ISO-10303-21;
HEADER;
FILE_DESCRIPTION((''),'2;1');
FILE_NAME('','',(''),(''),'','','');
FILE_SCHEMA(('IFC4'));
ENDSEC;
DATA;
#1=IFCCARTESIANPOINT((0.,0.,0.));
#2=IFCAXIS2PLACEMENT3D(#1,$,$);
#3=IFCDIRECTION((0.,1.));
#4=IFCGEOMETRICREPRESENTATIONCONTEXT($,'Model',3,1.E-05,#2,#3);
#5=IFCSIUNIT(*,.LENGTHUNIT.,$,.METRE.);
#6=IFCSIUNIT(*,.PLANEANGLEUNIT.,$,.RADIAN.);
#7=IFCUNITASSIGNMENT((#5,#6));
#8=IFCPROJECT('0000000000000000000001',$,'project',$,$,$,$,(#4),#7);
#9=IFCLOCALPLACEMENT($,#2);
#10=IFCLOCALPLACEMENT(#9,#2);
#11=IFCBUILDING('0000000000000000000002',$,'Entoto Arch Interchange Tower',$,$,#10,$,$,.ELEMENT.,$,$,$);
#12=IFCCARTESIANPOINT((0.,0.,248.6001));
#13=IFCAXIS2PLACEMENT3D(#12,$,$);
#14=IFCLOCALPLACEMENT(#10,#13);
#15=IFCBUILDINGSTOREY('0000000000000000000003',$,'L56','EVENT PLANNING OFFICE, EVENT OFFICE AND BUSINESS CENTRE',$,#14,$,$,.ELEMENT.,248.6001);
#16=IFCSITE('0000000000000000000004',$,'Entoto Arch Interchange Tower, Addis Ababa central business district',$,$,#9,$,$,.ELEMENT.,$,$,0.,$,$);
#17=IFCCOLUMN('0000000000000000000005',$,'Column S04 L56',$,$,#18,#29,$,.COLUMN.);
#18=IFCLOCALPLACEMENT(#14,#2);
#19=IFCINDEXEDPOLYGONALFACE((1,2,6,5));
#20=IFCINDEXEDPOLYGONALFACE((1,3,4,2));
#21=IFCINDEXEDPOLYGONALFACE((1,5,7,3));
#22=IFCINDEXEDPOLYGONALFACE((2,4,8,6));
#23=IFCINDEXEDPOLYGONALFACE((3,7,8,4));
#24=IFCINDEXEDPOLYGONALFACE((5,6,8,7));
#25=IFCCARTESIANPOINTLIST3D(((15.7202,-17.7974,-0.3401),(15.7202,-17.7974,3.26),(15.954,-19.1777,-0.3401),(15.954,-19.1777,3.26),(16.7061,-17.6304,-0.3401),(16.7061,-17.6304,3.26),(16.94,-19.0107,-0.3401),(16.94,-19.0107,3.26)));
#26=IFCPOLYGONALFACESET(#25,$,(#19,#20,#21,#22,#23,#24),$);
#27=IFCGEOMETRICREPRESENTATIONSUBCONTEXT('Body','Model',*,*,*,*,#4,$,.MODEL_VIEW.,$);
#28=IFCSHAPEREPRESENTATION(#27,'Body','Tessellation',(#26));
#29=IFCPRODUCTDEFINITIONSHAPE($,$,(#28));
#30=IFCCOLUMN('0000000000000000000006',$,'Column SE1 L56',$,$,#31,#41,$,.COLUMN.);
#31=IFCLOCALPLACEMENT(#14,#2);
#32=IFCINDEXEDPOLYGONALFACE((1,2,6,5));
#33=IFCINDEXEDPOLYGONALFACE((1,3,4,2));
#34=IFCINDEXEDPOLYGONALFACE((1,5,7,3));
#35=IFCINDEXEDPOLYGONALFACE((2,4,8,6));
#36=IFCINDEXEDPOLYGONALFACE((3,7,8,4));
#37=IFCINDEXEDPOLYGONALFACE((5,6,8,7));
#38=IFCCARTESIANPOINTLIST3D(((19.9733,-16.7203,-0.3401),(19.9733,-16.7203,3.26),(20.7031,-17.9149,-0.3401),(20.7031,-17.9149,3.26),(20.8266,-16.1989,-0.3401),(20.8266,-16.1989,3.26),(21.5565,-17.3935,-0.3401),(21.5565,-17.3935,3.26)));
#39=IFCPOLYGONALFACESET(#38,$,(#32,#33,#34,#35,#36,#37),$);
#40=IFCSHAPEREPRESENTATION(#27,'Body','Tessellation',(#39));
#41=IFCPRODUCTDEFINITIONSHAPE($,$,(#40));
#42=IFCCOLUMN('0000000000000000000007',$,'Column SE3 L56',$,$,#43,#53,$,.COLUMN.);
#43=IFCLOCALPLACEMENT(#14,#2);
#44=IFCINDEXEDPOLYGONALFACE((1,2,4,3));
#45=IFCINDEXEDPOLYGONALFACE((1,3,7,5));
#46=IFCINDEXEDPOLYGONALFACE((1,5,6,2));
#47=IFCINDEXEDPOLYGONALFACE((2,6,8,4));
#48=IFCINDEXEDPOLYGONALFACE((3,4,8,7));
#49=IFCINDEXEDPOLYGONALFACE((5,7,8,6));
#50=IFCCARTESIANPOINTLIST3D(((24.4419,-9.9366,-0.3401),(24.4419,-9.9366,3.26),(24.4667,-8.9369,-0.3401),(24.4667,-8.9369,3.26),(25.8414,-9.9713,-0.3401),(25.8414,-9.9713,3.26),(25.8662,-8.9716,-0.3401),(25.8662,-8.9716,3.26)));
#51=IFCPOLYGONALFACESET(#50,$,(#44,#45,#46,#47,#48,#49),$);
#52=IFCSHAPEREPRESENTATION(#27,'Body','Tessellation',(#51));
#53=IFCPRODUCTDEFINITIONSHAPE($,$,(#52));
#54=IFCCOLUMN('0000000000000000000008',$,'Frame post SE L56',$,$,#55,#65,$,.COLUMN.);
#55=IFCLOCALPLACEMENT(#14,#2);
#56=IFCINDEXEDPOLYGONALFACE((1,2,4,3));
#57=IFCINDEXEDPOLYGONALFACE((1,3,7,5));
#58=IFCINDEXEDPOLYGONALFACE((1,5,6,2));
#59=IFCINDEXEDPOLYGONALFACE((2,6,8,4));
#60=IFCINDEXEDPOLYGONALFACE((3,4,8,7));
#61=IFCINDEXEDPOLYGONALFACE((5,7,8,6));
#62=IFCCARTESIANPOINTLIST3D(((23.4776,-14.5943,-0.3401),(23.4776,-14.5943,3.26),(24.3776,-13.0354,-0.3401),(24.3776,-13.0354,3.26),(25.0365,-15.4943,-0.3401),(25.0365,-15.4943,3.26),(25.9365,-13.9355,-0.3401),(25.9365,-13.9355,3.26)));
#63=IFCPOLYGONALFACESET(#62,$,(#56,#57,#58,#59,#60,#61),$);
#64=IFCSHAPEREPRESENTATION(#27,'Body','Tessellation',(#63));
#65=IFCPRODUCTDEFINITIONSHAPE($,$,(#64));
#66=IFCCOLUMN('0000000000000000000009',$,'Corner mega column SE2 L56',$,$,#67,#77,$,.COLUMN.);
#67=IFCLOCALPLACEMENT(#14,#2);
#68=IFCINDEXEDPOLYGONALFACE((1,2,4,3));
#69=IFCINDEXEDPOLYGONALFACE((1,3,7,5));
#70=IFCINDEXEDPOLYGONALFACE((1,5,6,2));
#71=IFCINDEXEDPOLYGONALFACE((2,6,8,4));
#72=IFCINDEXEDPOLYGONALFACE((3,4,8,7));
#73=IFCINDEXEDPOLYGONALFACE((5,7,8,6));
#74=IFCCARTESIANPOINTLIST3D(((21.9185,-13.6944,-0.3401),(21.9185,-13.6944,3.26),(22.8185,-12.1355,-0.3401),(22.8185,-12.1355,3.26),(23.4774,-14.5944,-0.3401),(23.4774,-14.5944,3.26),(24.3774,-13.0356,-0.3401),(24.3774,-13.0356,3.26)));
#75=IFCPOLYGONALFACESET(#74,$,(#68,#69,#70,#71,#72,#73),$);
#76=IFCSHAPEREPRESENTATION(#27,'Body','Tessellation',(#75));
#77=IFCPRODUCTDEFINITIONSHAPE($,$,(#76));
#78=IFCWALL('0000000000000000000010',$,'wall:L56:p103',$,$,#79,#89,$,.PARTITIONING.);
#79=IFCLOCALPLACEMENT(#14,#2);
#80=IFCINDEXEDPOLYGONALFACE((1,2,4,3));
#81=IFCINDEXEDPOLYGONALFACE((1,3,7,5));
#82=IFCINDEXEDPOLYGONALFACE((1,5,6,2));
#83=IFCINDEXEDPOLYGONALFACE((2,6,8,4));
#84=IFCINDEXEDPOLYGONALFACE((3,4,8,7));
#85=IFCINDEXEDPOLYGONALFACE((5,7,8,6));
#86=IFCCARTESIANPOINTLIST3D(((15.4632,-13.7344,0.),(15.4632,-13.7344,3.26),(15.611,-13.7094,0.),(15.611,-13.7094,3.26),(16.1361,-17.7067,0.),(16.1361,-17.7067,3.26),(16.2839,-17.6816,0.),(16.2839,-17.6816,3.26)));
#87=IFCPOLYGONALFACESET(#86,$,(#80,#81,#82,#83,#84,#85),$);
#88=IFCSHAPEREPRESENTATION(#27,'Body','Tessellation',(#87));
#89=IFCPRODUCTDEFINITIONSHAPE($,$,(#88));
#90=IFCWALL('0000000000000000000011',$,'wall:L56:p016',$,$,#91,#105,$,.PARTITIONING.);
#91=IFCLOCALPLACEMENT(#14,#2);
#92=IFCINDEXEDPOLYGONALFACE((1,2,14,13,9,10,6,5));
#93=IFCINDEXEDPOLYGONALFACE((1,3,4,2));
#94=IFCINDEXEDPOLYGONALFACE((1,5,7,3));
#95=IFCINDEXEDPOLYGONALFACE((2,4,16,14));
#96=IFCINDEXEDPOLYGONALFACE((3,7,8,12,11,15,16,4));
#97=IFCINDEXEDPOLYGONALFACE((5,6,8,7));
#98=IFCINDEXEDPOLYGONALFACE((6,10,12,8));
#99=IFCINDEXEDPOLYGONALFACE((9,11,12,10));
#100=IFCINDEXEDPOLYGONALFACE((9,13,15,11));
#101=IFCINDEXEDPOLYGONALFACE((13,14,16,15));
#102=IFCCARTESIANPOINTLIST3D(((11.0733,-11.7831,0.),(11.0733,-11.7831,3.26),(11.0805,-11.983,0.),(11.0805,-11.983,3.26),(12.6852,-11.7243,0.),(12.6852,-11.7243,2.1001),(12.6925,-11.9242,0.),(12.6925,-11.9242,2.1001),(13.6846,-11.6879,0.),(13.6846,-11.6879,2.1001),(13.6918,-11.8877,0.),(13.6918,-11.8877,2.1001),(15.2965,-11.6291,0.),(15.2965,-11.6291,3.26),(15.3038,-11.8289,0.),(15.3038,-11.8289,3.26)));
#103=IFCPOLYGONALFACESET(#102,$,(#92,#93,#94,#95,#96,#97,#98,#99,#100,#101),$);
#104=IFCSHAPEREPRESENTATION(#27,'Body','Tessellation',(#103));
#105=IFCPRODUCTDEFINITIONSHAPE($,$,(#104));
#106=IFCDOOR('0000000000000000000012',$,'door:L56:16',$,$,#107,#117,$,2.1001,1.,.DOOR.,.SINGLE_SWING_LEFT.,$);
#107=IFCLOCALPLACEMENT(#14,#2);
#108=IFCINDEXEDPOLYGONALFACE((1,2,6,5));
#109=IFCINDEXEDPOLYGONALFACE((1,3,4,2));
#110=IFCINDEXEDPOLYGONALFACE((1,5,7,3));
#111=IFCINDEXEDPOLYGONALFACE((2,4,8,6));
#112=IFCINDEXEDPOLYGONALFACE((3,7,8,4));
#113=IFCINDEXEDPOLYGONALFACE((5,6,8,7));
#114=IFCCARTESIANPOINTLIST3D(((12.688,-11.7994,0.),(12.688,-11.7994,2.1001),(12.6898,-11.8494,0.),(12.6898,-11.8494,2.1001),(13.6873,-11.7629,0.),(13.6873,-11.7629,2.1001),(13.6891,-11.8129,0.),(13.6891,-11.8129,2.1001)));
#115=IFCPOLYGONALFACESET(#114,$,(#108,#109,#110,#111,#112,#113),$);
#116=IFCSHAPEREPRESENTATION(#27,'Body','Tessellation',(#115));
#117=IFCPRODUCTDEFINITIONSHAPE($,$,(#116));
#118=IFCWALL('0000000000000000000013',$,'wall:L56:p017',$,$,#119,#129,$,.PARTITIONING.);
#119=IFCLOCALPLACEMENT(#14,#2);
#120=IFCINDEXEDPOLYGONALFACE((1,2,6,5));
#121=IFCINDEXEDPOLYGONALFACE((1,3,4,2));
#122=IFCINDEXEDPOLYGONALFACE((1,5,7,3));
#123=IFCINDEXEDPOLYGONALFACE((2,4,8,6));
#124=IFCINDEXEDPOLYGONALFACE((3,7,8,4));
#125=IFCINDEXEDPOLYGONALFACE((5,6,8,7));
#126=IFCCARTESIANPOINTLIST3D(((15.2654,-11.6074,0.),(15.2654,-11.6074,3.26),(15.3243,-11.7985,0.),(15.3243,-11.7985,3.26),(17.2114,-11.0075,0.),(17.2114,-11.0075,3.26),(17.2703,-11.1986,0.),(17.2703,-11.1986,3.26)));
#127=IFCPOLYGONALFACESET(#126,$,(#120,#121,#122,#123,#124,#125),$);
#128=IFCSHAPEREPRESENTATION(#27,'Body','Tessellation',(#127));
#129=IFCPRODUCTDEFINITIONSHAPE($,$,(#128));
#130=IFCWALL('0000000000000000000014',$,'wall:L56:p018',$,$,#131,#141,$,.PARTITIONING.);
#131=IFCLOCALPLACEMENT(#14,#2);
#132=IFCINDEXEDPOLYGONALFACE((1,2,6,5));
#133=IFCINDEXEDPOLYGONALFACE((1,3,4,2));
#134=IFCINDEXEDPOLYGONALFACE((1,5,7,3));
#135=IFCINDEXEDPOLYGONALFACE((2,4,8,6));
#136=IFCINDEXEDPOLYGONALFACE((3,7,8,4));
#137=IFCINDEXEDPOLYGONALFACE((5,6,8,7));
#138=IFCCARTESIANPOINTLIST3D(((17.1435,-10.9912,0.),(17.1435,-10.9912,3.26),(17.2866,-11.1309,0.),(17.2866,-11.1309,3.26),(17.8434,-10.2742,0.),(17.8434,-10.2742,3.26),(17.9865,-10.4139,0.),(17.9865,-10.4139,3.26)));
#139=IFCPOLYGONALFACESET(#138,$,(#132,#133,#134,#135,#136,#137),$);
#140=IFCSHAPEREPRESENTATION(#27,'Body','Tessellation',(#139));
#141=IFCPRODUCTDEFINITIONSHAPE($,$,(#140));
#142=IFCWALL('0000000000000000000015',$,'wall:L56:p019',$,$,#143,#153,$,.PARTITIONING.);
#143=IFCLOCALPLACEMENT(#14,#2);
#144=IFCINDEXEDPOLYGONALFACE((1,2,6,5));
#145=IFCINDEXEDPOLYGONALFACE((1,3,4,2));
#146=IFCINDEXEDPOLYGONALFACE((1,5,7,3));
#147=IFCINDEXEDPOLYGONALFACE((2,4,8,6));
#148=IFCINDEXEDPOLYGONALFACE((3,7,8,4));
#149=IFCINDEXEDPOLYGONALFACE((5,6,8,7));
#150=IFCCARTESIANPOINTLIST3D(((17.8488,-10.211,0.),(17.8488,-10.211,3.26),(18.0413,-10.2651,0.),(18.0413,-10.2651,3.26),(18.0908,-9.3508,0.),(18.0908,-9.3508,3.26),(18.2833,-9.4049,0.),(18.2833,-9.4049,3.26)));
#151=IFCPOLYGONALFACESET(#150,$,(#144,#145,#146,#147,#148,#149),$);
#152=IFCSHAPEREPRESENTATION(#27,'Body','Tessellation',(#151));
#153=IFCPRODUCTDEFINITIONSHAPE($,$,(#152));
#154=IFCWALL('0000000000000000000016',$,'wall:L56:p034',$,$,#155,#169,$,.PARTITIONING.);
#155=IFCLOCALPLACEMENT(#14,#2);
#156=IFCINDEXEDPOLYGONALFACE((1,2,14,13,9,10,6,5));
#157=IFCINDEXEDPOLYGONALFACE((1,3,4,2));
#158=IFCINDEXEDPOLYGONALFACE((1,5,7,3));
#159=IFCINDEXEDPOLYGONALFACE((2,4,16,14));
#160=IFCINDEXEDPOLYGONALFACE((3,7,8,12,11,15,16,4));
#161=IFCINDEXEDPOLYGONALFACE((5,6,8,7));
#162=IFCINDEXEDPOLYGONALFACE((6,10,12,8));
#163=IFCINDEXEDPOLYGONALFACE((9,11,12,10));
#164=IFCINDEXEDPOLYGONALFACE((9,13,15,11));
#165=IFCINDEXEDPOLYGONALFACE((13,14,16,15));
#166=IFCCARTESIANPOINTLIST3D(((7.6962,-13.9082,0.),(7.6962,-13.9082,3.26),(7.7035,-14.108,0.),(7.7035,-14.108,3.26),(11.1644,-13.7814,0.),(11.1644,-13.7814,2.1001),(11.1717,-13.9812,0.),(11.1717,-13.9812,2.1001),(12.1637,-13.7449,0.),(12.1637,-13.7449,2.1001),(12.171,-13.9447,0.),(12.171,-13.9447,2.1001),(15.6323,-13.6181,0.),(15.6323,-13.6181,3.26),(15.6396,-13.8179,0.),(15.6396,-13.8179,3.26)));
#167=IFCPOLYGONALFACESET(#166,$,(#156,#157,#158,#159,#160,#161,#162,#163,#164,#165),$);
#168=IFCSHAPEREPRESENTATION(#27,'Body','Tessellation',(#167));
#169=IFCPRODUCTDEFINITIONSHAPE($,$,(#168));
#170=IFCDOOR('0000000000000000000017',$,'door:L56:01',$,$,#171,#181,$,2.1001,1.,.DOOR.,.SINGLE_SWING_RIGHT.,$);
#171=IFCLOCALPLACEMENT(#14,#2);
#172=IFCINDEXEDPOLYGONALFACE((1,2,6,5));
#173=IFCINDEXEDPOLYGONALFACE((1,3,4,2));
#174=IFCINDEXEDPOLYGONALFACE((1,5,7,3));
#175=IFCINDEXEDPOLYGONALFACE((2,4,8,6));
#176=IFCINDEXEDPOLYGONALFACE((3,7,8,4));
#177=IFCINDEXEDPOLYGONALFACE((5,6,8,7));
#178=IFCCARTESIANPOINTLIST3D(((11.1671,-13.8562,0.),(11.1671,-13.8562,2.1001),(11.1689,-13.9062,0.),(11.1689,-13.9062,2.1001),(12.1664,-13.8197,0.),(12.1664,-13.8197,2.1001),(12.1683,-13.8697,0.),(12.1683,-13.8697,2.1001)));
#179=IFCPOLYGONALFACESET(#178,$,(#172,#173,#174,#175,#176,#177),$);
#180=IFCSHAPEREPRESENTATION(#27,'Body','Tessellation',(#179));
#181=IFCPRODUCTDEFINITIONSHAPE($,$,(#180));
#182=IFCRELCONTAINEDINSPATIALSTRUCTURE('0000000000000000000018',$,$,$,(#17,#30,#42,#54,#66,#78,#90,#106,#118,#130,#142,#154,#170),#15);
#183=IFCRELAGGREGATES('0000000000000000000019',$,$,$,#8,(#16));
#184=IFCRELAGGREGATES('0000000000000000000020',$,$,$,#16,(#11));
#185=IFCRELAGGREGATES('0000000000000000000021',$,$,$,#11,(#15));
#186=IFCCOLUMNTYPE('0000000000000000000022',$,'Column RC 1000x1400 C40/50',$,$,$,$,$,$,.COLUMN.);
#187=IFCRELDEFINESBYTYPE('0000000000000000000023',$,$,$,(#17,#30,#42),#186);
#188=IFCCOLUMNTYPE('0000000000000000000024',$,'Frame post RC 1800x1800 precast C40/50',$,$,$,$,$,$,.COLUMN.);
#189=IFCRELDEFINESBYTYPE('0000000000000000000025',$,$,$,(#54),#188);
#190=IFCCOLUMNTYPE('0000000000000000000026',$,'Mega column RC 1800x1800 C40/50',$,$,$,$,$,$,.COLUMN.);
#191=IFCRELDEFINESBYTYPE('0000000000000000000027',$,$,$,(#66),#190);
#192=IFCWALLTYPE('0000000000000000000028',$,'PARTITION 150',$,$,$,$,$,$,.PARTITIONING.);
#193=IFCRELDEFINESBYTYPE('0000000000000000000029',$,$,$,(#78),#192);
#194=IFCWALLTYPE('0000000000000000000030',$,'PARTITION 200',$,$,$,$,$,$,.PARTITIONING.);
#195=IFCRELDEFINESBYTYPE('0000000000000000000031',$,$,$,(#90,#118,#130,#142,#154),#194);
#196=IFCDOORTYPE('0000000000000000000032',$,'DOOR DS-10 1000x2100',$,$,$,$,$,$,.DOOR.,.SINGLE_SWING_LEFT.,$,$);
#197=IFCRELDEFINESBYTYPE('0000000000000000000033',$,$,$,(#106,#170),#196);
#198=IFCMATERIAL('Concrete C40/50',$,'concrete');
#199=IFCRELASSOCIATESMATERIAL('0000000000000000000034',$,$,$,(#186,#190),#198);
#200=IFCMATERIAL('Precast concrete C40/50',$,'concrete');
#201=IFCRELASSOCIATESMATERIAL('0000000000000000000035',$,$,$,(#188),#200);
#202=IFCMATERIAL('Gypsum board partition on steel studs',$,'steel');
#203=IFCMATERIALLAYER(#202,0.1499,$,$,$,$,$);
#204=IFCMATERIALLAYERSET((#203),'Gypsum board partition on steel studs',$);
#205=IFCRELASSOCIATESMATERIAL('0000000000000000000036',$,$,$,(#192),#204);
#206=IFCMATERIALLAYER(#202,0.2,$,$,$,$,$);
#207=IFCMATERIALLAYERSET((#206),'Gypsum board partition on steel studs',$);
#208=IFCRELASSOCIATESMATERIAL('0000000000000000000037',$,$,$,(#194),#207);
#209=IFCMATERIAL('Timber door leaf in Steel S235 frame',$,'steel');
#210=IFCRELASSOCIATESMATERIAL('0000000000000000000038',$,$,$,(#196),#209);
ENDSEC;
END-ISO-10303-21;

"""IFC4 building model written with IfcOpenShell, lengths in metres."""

from ifc_helpers import new_model, si_unit, direction, frame, frame_2d, origin, origin_2d, place, context, subcontext, project, spatial, rectangle, extrude, material, layer, layer_set, material_profile, profile_set, type_object, element, fill, save


model = new_model("IFC4")

# Units and contexts
model_context = context("Model", 3, precision=1e-05, world=origin(), true_north=direction((0.0, 1.0)))
body_context = subcontext(model_context, "Body", "Model", "MODEL_VIEW")
ifc_project = project(units=[si_unit("LENGTHUNIT", "METRE"), si_unit("PLANEANGLEUNIT", "RADIAN")], contexts=[model_context])

# Site, building, storey
site_placement = place(None, origin())
site = spatial("IfcSite", under=ifc_project, at=site_placement, Name="Entoto Arch Interchange Tower, Addis Ababa central business district", CompositionType="ELEMENT", RefElevation=0.0)
building_placement = place(site_placement, origin())
building = spatial("IfcBuilding", under=site, at=building_placement, Name="Entoto Arch Interchange Tower", CompositionType="ELEMENT")
storey_placement = place(building_placement, frame((0.0, 0.0, 248.6001)))
storey = spatial("IfcBuildingStorey", under=building, at=storey_placement, Name="L56", Description="EVENT PLANNING OFFICE, EVENT OFFICE AND BUSINESS CENTRE", CompositionType="ELEMENT", Elevation=248.6001)

# Columns
ifc_material_1 = material(Name="Concrete C40/50", Category="concrete")
ifc_material_profile_1 = material_profile(ifc_material_1, rectangle(XDim=1.0, YDim=1.3999, at=origin_2d()))
ifc_profile_set_1 = profile_set([ifc_material_profile_1], Name="Concrete C40/50")
column_type_1 = type_object("IfcColumnType", Name="Column RC 1000x1400 C40/50", PredefinedType="COLUMN", material=ifc_profile_set_1)
for number, where, z_axis, x_axis, name in (
    (1, (16.3301, -18.4041, -0.3401), (0.0, 0.0, 1.0), (0.985952, 0.167027, 0.0), "Column S04 L56"),
    (2, (20.7649, -17.0569, -0.3401), (0.0, 0.0, 1.0), (0.853342, 0.521352, 0.0), "Column SE1 L56"),
    (3, (25.1541, -9.4541, -0.3401), (0.0, 0.0, 1.0), (0.024833, 0.999692, 0.0), "Column SE3 L56"),
):
    element("IfcColumn", number, at=place(storey_placement, frame(where, z_axis=z_axis, x_axis=x_axis)), inside=storey, type_object=column_type_1, Name=name, PredefinedType="COLUMN", context=body_context, shape_type="SweptSolid", body=[
        extrude(rectangle(XDim=1.0, YDim=1.3999, at=origin_2d()), origin(), (0.0, 0.0, 1.0), 3.6001),
    ])
ifc_material_2 = material(Name="Precast concrete C40/50", Category="concrete")
ifc_material_profile_2 = material_profile(ifc_material_2, rectangle(XDim=1.8, YDim=1.8, at=origin_2d()))
ifc_profile_set_2 = profile_set([ifc_material_profile_2], Name="Precast concrete C40/50")
column_type_2 = type_object("IfcColumnType", Name="Frame post RC 1800x1800 precast C40/50", PredefinedType="COLUMN", material=ifc_profile_set_2)
column_1_placement = place(storey_placement, frame((24.707, -14.2649, -0.3401), z_axis=(0.0, 0.0, 1.0), x_axis=(-0.866025, 0.5, 0.0)))
element("IfcColumn", 4, at=column_1_placement, inside=storey, type_object=column_type_2, Name="Frame post SE L56", PredefinedType="COLUMN", context=body_context, shape_type="SweptSolid", body=[
    extrude(rectangle(XDim=1.8, YDim=1.8, at=origin_2d()), origin(), (0.0, 0.0, 1.0), 3.6001),
])
ifc_material_profile_3 = material_profile(ifc_material_1, rectangle(XDim=1.8, YDim=1.8, at=origin_2d()))
ifc_profile_set_3 = profile_set([ifc_material_profile_3], Name="Concrete C40/50")
column_type_3 = type_object("IfcColumnType", Name="Mega column RC 1800x1800 C40/50", PredefinedType="COLUMN", material=ifc_profile_set_3)
column_2_placement = place(storey_placement, frame((23.1479, -13.365, -0.3401), z_axis=(0.0, 0.0, 1.0), x_axis=(-0.866025, 0.5, 0.0)))
element("IfcColumn", 5, at=column_2_placement, inside=storey, type_object=column_type_3, Name="Corner mega column SE2 L56", PredefinedType="COLUMN", context=body_context, shape_type="SweptSolid", body=[
    extrude(rectangle(XDim=1.8, YDim=1.8, at=origin_2d()), origin(), (0.0, 0.0, 1.0), 3.6001),
])

# Wall
ifc_material_3 = material(Name="Gypsum board partition on steel studs", Category="steel")
ifc_layer_1 = layer(ifc_material_3, 0.1499)
ifc_layer_set_1 = layer_set([ifc_layer_1], Name="Gypsum board partition on steel studs")
wall_type_1 = type_object("IfcWallType", Name="PARTITION 150", PredefinedType="PARTITIONING", material=ifc_layer_set_1)
wall_1_placement = place(storey_placement, frame((15.5371, -13.7219, 0.0), z_axis=(0.0, 0.0, 1.0), x_axis=(0.167012, -0.985955, 0.0)))
element("IfcWall", 6, at=wall_1_placement, inside=storey, type_object=wall_type_1, Name="wall:L56:p103", PredefinedType="PARTITIONING", context=body_context, shape_type="SweptSolid", body=[
    extrude(rectangle(XDim=4.0288, YDim=0.1499, at=frame_2d((2.0144, 0.0))), origin(), (0.0, 0.0, 1.0), 3.26),
])

# Wall, opening, door
ifc_layer_2 = layer(ifc_material_3, 0.2)
ifc_layer_set_2 = layer_set([ifc_layer_2], Name="Gypsum board partition on steel studs")
wall_type_2 = type_object("IfcWallType", Name="PARTITION 200", PredefinedType="PARTITIONING", material=ifc_layer_set_2)
wall_2_placement = place(storey_placement, frame((11.0769, -11.8831, 0.0), z_axis=(0.0, 0.0, 1.0), x_axis=(0.999335, 0.036454, 0.0)))
wall_2 = element("IfcWall", 7, at=wall_2_placement, inside=storey, type_object=wall_type_2, Name="wall:L56:p016", PredefinedType="PARTITIONING", context=body_context, shape_type="SweptSolid", body=[
    extrude(rectangle(XDim=4.2261, YDim=0.2, at=frame_2d((2.113, 0.0))), origin(), (0.0, 0.0, 1.0), 3.26),
])
opening_1_placement = place(wall_2_placement, frame((1.613, 0.0, 0.0)))
opening_1 = element("IfcOpeningElement", 8, at=opening_1_placement, cuts=wall_2, PredefinedType="OPENING", context=body_context, shape_type="SweptSolid", body=[
    extrude(rectangle(XDim=1.0, YDim=2.1001, at=frame_2d((0.5, 1.05))), frame((0.0, 0.1099, 0.0), z_axis=(0.0, -1.0, 0.0), x_axis=(1.0, 0.0, 0.0)), (0.0, 0.0, 1.0), 0.22),
])
ifc_material_4 = material(Name="Timber door leaf in Steel S235 frame", Category="steel")
door_type = type_object("IfcDoorType", Name="DOOR DS-10 1000x2100", OperationType="SINGLE_SWING_LEFT", PredefinedType="DOOR", material=ifc_material_4)
door_1_placement = place(opening_1_placement, origin())
door_1 = element("IfcDoor", 9, at=door_1_placement, inside=storey, type_object=door_type, Name="door:L56:16", OperationType="SINGLE_SWING_LEFT", OverallHeight=2.1001, OverallWidth=1.0, PredefinedType="DOOR", context=body_context, shape_type="SweptSolid", body=[
    extrude(rectangle(XDim=1.0, YDim=2.1001, at=frame_2d((0.5, 1.05))), frame((0.0, 0.0249, 0.0), z_axis=(0.0, -1.0, 0.0), x_axis=(1.0, 0.0, 0.0)), (0.0, 0.0, 1.0), 0.05),
])
fill(opening_1, door_1)

# Walls
wall_3_placement = place(storey_placement, frame((15.2949, -11.7029, 0.0), z_axis=(0.0, 0.0, 1.0), x_axis=(0.955631, 0.294566, 0.0)))
element("IfcWall", 10, at=wall_3_placement, inside=storey, type_object=wall_type_2, Name="wall:L56:p017", PredefinedType="PARTITIONING", context=body_context, shape_type="SweptSolid", body=[
    extrude(rectangle(XDim=2.0364, YDim=0.2, at=frame_2d((1.0181, 0.0))), origin(), (0.0, 0.0, 1.0), 3.26),
])
wall_4_placement = place(storey_placement, frame((17.2151, -11.061, 0.0), z_axis=(0.0, 0.0, 1.0), x_axis=(0.698528, 0.715583, 0.0)))
element("IfcWall", 11, at=wall_4_placement, inside=storey, type_object=wall_type_2, Name="wall:L56:p018", PredefinedType="PARTITIONING", context=body_context, shape_type="SweptSolid", body=[
    extrude(rectangle(XDim=1.002, YDim=0.2, at=frame_2d((0.501, 0.0))), origin(), (0.0, 0.0, 1.0), 3.26),
])
wall_5_placement = place(storey_placement, frame((17.9451, -10.238, 0.0), z_axis=(0.0, 0.0, 1.0), x_axis=(0.270785, 0.96264, 0.0)))
element("IfcWall", 12, at=wall_5_placement, inside=storey, type_object=wall_type_2, Name="wall:L56:p019", PredefinedType="PARTITIONING", context=body_context, shape_type="SweptSolid", body=[
    extrude(rectangle(XDim=0.8936, YDim=0.2, at=frame_2d((0.4468, 0.0))), origin(), (0.0, 0.0, 1.0), 3.26),
])

# Wall, opening, door
wall_6_placement = place(storey_placement, frame((15.636, -13.718, 0.0), z_axis=(0.0, 0.0, 1.0), x_axis=(-0.999333, -0.036523, 0.0)))
wall_6 = element("IfcWall", 13, at=wall_6_placement, inside=storey, type_object=wall_type_2, Name="wall:L56:p034", PredefinedType="PARTITIONING", context=body_context, shape_type="SweptSolid", body=[
    extrude(rectangle(XDim=7.9414, YDim=0.2, at=frame_2d((3.9707, 0.0))), origin(), (0.0, 0.0, 1.0), 3.26),
])
opening_2_placement = place(wall_6_placement, frame((3.4709, 0.0, 0.0)))
opening_2 = element("IfcOpeningElement", 14, at=opening_2_placement, cuts=wall_6, PredefinedType="OPENING", context=body_context, shape_type="SweptSolid", body=[
    extrude(rectangle(XDim=1.0, YDim=2.1001, at=frame_2d((0.5, 1.05))), frame((0.0, 0.1099, 0.0), z_axis=(0.0, -1.0, 0.0), x_axis=(1.0, 0.0, 0.0)), (0.0, 0.0, 1.0), 0.22),
])
door_2_placement = place(opening_2_placement, origin())
door_2 = element("IfcDoor", 15, at=door_2_placement, inside=storey, type_object=door_type, Name="door:L56:01", OperationType="SINGLE_SWING_RIGHT", OverallHeight=2.1001, OverallWidth=1.0, PredefinedType="DOOR", context=body_context, shape_type="SweptSolid", body=[
    extrude(rectangle(XDim=1.0, YDim=2.1001, at=frame_2d((0.5, 1.05))), frame((0.0, 0.0249, 0.0), z_axis=(0.0, -1.0, 0.0), x_axis=(1.0, 0.0, 0.0)), (0.0, 0.0, 1.0), 0.05),
])
fill(opening_2, door_2)

save(model, "model.ifc")
